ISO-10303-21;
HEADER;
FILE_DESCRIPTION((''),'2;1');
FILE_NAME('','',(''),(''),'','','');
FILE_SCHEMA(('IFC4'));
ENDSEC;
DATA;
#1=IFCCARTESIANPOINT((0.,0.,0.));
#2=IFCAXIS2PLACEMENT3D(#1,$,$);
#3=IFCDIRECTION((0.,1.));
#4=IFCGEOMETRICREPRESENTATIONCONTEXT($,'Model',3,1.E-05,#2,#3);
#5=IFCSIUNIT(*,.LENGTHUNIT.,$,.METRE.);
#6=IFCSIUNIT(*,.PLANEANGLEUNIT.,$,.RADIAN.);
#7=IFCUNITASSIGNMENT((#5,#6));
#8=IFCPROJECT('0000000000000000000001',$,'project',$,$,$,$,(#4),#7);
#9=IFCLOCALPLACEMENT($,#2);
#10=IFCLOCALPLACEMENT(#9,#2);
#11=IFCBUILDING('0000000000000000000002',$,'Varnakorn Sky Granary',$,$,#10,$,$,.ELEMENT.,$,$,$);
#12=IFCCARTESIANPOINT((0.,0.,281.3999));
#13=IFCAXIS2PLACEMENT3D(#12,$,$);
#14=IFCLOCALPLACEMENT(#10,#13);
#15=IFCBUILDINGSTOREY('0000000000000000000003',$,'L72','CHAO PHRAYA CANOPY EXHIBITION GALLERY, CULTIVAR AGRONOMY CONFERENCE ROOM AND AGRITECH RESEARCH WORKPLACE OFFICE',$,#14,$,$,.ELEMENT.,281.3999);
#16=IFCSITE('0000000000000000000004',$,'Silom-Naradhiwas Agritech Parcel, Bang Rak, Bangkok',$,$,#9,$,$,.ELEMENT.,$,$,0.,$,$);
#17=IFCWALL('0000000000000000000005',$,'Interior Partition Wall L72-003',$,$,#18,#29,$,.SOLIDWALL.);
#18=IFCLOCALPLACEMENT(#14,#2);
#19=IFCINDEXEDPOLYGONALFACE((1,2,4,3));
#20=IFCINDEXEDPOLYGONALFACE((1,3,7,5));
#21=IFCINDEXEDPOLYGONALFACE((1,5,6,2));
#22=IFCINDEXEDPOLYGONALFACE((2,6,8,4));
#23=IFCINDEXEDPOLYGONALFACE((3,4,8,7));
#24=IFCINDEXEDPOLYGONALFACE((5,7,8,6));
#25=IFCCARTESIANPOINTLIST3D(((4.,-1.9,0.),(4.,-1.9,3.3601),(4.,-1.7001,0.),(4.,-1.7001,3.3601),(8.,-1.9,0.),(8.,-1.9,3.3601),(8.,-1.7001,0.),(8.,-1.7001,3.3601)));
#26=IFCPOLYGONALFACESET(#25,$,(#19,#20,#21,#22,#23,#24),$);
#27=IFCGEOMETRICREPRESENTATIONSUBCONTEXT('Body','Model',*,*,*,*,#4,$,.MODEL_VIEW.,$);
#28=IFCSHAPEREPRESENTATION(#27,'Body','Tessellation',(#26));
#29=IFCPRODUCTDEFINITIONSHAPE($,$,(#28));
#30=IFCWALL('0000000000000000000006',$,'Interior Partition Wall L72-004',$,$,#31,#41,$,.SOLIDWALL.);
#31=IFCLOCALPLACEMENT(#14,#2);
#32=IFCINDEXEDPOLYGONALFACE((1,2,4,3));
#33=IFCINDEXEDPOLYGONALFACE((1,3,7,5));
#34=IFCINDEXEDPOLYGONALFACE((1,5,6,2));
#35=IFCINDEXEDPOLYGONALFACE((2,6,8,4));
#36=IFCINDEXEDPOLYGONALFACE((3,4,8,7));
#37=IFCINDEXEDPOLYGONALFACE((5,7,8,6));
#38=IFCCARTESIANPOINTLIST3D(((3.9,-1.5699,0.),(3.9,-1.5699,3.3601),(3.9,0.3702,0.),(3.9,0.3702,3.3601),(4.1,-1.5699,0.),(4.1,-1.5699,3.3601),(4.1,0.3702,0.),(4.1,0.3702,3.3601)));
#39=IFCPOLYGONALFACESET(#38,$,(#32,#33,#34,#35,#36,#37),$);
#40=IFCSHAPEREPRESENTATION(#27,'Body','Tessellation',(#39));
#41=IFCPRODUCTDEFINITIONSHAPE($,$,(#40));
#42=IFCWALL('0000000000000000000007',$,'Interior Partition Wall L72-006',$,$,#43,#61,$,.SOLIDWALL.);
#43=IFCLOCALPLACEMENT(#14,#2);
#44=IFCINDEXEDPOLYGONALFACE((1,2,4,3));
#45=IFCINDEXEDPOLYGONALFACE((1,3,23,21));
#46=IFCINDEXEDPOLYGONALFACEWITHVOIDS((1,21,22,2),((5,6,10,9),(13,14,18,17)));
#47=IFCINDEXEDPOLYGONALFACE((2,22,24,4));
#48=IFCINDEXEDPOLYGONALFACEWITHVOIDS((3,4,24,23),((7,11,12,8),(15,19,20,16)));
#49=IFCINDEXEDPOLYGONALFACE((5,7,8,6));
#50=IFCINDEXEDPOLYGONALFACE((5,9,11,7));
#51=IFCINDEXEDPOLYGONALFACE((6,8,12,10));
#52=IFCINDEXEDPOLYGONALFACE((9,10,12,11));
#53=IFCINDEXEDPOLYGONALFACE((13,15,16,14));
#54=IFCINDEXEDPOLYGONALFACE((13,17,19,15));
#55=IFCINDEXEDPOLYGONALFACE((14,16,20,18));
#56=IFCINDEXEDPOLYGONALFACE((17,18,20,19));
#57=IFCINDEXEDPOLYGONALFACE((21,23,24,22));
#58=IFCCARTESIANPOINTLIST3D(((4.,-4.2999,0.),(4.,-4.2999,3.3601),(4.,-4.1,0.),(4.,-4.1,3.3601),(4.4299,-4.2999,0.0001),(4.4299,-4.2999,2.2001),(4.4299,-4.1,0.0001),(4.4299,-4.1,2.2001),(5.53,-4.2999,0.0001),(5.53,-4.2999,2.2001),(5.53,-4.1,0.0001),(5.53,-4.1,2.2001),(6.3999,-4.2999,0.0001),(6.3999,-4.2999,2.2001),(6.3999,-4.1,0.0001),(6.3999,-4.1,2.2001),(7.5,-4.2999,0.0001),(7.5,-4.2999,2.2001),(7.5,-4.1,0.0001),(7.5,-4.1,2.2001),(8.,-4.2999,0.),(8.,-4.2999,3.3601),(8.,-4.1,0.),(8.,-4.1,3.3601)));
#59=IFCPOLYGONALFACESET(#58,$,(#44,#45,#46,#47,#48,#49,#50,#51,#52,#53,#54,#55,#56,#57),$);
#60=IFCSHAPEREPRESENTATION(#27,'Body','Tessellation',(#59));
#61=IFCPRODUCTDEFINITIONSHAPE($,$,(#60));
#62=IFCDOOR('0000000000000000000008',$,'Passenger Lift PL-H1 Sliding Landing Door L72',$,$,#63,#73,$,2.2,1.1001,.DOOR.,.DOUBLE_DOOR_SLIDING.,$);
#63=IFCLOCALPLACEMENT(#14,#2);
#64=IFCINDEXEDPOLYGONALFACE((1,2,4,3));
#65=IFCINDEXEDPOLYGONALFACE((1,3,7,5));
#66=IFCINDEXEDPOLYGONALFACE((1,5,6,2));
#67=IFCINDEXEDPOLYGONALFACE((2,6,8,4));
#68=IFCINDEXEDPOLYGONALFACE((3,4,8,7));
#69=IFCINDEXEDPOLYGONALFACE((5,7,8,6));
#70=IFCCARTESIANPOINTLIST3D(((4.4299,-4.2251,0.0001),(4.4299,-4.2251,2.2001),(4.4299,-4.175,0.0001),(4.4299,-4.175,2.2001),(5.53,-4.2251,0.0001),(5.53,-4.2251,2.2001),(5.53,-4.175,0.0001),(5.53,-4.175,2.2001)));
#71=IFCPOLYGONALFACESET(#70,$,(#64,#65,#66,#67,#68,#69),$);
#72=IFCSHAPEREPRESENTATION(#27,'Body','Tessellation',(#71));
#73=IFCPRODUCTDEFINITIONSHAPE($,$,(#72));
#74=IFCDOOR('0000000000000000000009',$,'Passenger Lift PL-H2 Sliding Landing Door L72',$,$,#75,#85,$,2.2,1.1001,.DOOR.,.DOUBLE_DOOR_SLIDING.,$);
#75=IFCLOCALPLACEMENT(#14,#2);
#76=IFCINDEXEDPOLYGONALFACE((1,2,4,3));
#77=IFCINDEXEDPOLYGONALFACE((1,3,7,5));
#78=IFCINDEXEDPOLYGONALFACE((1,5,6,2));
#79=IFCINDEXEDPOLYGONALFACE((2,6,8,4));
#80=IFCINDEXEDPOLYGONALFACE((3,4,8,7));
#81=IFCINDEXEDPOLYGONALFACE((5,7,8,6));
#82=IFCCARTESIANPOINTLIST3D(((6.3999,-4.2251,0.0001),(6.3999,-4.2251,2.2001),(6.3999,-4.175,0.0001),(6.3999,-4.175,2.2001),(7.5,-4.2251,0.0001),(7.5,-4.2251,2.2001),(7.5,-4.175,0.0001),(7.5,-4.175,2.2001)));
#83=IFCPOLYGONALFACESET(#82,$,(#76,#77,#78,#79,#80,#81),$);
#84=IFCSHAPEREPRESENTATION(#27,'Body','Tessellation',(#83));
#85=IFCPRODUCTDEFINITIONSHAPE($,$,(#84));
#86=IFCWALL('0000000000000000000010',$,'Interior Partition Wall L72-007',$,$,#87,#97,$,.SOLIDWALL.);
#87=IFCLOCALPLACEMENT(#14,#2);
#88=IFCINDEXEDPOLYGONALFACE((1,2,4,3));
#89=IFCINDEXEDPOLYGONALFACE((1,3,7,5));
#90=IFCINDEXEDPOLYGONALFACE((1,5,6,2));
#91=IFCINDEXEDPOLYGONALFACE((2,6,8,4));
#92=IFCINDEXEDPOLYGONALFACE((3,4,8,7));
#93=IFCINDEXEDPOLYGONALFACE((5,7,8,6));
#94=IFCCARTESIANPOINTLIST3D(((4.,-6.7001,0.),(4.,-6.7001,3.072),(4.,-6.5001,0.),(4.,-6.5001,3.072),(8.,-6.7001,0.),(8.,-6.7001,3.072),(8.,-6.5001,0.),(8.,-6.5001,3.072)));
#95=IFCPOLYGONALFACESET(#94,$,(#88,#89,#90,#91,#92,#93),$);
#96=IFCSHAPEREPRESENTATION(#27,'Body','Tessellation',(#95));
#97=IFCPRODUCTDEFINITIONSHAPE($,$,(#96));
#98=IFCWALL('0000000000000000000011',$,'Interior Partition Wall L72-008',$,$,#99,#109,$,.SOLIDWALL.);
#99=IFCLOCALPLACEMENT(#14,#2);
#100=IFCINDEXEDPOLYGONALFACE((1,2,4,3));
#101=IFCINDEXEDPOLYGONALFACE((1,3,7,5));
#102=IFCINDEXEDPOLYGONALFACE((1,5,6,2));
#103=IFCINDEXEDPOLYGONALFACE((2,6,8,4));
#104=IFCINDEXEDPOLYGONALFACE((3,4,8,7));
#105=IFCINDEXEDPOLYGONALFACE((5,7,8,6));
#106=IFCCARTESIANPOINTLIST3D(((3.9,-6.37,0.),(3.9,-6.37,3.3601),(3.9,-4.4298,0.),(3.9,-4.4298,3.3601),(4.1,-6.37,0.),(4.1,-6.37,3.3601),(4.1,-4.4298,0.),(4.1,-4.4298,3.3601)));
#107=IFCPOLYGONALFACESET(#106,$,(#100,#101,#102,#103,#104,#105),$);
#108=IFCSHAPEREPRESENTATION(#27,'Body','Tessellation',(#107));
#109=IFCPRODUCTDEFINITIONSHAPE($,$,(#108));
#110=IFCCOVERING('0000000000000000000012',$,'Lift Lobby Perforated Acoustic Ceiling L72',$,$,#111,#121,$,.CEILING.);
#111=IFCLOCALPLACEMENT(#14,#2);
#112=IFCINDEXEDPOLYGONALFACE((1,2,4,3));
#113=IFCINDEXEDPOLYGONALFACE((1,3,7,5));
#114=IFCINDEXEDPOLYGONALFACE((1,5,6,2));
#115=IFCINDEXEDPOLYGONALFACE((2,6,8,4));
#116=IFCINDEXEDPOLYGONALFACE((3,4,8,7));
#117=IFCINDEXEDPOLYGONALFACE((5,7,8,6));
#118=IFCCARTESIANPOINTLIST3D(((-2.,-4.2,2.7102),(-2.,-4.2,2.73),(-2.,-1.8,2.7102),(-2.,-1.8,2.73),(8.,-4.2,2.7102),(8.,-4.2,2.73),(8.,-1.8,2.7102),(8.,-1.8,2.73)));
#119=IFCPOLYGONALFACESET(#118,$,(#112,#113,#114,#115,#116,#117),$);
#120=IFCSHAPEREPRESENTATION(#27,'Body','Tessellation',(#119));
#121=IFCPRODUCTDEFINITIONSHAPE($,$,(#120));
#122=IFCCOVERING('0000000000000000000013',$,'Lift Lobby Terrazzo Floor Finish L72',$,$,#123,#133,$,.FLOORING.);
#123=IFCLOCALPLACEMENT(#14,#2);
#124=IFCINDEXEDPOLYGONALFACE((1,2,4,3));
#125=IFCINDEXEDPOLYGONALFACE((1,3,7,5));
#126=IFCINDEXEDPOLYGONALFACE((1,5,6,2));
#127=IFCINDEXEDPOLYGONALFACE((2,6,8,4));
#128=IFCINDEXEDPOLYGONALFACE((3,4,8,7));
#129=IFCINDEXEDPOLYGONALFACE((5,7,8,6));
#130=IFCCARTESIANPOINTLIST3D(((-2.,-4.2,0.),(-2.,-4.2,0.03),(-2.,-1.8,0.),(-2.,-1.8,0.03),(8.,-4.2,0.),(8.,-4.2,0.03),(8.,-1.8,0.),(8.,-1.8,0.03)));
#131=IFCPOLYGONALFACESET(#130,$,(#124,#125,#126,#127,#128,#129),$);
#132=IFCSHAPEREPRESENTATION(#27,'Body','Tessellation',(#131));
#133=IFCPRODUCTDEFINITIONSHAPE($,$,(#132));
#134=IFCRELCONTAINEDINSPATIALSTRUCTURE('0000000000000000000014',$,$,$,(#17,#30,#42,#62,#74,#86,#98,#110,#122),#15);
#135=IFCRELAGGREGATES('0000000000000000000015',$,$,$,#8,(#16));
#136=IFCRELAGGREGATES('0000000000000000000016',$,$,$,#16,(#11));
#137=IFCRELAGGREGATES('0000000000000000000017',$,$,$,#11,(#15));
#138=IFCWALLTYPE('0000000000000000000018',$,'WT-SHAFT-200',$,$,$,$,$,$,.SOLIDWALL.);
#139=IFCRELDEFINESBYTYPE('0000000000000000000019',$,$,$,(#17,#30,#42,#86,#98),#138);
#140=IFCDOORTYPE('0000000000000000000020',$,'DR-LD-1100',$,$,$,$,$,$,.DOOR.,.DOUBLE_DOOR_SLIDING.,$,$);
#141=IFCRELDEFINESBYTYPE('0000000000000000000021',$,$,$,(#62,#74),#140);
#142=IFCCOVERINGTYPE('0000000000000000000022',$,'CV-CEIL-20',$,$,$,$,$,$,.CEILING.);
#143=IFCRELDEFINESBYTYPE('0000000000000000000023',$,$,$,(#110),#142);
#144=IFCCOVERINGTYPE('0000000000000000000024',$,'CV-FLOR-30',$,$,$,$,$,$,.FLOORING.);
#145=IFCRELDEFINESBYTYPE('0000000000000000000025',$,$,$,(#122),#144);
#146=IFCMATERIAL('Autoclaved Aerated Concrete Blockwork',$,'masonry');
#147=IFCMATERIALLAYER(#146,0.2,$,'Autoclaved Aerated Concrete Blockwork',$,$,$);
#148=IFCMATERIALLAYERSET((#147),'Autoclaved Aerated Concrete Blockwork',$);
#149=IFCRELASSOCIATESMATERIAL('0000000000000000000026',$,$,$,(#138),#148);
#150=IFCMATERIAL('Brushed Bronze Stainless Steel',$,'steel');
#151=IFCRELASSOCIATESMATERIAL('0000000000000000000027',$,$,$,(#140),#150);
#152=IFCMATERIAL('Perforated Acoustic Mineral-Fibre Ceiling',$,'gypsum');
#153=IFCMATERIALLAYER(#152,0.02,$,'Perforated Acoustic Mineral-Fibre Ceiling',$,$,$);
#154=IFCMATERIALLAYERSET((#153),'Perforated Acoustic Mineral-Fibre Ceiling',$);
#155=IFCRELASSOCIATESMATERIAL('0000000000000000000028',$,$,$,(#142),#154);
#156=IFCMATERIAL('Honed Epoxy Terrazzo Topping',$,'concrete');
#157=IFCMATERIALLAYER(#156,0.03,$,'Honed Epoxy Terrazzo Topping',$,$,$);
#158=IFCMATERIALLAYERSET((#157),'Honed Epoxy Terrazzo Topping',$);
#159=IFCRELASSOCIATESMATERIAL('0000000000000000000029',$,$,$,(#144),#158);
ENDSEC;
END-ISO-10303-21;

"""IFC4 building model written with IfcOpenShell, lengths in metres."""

from ifc_helpers import new_model, si_unit, direction, frame, frame_2d, origin, place, context, subcontext, project, spatial, polyline, rectangle, outline, extrude, material, layer, layer_set, type_object, element, fill, save


model = new_model("IFC4")

# Units and contexts
model_context = context("Model", 3, precision=1e-05, world=origin(), true_north=direction((0.0, 1.0)))
body_context = subcontext(model_context, "Body", "Model", "MODEL_VIEW")
ifc_project = project(units=[si_unit("LENGTHUNIT", "METRE"), si_unit("PLANEANGLEUNIT", "RADIAN")], contexts=[model_context])

# Site, building, storey
site_placement = place(None, origin())
site = spatial("IfcSite", under=ifc_project, at=site_placement, Name="Silom-Naradhiwas Agritech Parcel, Bang Rak, Bangkok", CompositionType="ELEMENT", RefElevation=0.0)
building_placement = place(site_placement, origin())
building = spatial("IfcBuilding", under=site, at=building_placement, Name="Varnakorn Sky Granary", CompositionType="ELEMENT")
storey_placement = place(building_placement, frame((0.0, 0.0, 281.3999)))
storey = spatial("IfcBuildingStorey", under=building, at=storey_placement, Name="L72", Description="CHAO PHRAYA CANOPY EXHIBITION GALLERY, CULTIVAR AGRONOMY CONFERENCE ROOM AND AGRITECH RESEARCH WORKPLACE OFFICE", CompositionType="ELEMENT", Elevation=281.3999)

# Shared definitions
ifc_material_1 = material(Name="Autoclaved Aerated Concrete Blockwork", Category="masonry")

# Walls
ifc_layer_1 = layer(ifc_material_1, 0.2, Name="Autoclaved Aerated Concrete Blockwork")
ifc_layer_set_1 = layer_set([ifc_layer_1], Name="Autoclaved Aerated Concrete Blockwork")
wall_type_1 = type_object("IfcWallType", Name="WT-SHAFT-200", PredefinedType="SOLIDWALL", material=ifc_layer_set_1)
wall_1_placement = place(storey_placement, frame((4.0, -1.8, 0.0), z_axis=(0.0, 0.0, 1.0), x_axis=(1.0, 0.0, 0.0)))
element("IfcWall", 1, at=wall_1_placement, inside=storey, type_object=wall_type_1, Name="Interior Partition Wall L72-003", PredefinedType="SOLIDWALL", context=body_context, shape_type="SweptSolid", body=[
    extrude(rectangle(XDim=4.0, YDim=0.2, at=frame_2d((2.0, 0.0))), origin(), (0.0, 0.0, 1.0), 3.3601),
])
wall_2_placement = place(storey_placement, frame((4.0, -1.5701, 0.0), z_axis=(0.0, 0.0, 1.0), x_axis=(0.0, 1.0, 0.0)))
element("IfcWall", 2, at=wall_2_placement, inside=storey, type_object=wall_type_1, Name="Interior Partition Wall L72-004", PredefinedType="SOLIDWALL", context=body_context, shape_type="SweptSolid", body=[
    extrude(rectangle(XDim=1.9402, YDim=0.2, at=frame_2d((0.9702, 0.0))), origin(), (0.0, 0.0, 1.0), 3.3601),
])

# Wall, openings, doors
wall_3_placement = place(storey_placement, frame((4.0, -4.2, 0.0), z_axis=(0.0, 0.0, 1.0), x_axis=(1.0, 0.0, 0.0)))
wall_3 = element("IfcWall", 3, at=wall_3_placement, inside=storey, type_object=wall_type_1, Name="Interior Partition Wall L72-006", PredefinedType="SOLIDWALL", context=body_context, shape_type="SweptSolid", body=[
    extrude(rectangle(XDim=4.0, YDim=0.2, at=frame_2d((2.0, 0.0))), origin(), (0.0, 0.0, 1.0), 3.3601),
])
opening_1_placement = place(wall_3_placement, frame((0.4299, 0.0, 0.0)))
opening_1 = element("IfcOpeningElement", 4, at=opening_1_placement, cuts=wall_3, PredefinedType="OPENING", context=body_context, shape_type="SweptSolid", body=[
    extrude(rectangle(XDim=1.1001, YDim=2.2, at=frame_2d((0.55, 1.1001))), frame((0.0, 0.1099, 0.0), z_axis=(0.0, -1.0, 0.0), x_axis=(1.0, 0.0, 0.0)), (0.0, 0.0, 1.0), 0.22),
])
opening_2_placement = place(wall_3_placement, frame((2.3999, 0.0, 0.0)))
opening_2 = element("IfcOpeningElement", 5, at=opening_2_placement, cuts=wall_3, PredefinedType="OPENING", context=body_context, shape_type="SweptSolid", body=[
    extrude(rectangle(XDim=1.1001, YDim=2.2, at=frame_2d((0.55, 1.1001))), frame((0.0, 0.1099, 0.0), z_axis=(0.0, -1.0, 0.0), x_axis=(1.0, 0.0, 0.0)), (0.0, 0.0, 1.0), 0.22),
])
ifc_material_2 = material(Name="Brushed Bronze Stainless Steel", Category="steel")
door_type_1 = type_object("IfcDoorType", Name="DR-LD-1100", OperationType="DOUBLE_DOOR_SLIDING", PredefinedType="DOOR", material=ifc_material_2)
door_1_placement = place(opening_1_placement, origin())
door_1 = element("IfcDoor", 6, at=door_1_placement, inside=storey, type_object=door_type_1, Name="Passenger Lift PL-H1 Sliding Landing Door L72", OperationType="DOUBLE_DOOR_SLIDING", OverallHeight=2.2, OverallWidth=1.1001, PredefinedType="DOOR", context=body_context, shape_type="SweptSolid", body=[
    extrude(rectangle(XDim=1.1001, YDim=2.2, at=frame_2d((0.55, 1.1001))), frame((0.0, 0.0249, 0.0), z_axis=(0.0, -1.0, 0.0), x_axis=(1.0, 0.0, 0.0)), (0.0, 0.0, 1.0), 0.05),
])
fill(opening_1, door_1)
door_2_placement = place(opening_2_placement, origin())
door_2 = element("IfcDoor", 7, at=door_2_placement, inside=storey, type_object=door_type_1, Name="Passenger Lift PL-H2 Sliding Landing Door L72", OperationType="DOUBLE_DOOR_SLIDING", OverallHeight=2.2, OverallWidth=1.1001, PredefinedType="DOOR", context=body_context, shape_type="SweptSolid", body=[
    extrude(rectangle(XDim=1.1001, YDim=2.2, at=frame_2d((0.55, 1.1001))), frame((0.0, 0.0249, 0.0), z_axis=(0.0, -1.0, 0.0), x_axis=(1.0, 0.0, 0.0)), (0.0, 0.0, 1.0), 0.05),
])
fill(opening_2, door_2)

# Walls
wall_4_placement = place(storey_placement, frame((4.0, -6.6001, 0.0), z_axis=(0.0, 0.0, 1.0), x_axis=(1.0, 0.0, 0.0)))
element("IfcWall", 8, at=wall_4_placement, inside=storey, type_object=wall_type_1, Name="Interior Partition Wall L72-007", PredefinedType="SOLIDWALL", context=body_context, shape_type="SweptSolid", body=[
    extrude(rectangle(XDim=4.0, YDim=0.2, at=frame_2d((2.0, 0.0))), origin(), (0.0, 0.0, 1.0), 3.072),
])
wall_5_placement = place(storey_placement, frame((4.0, -6.3701, 0.0), z_axis=(0.0, 0.0, 1.0), x_axis=(0.0, 1.0, 0.0)))
element("IfcWall", 9, at=wall_5_placement, inside=storey, type_object=wall_type_1, Name="Interior Partition Wall L72-008", PredefinedType="SOLIDWALL", context=body_context, shape_type="SweptSolid", body=[
    extrude(rectangle(XDim=1.9402, YDim=0.2, at=frame_2d((0.9702, 0.0))), origin(), (0.0, 0.0, 1.0), 3.3601),
])

# Coverings
ifc_material_3 = material(Name="Perforated Acoustic Mineral-Fibre Ceiling", Category="gypsum")
ifc_layer_2 = layer(ifc_material_3, 0.02, Name="Perforated Acoustic Mineral-Fibre Ceiling")
ifc_layer_set_2 = layer_set([ifc_layer_2], Name="Perforated Acoustic Mineral-Fibre Ceiling")
covering_type_1 = type_object("IfcCoveringType", Name="CV-CEIL-20", PredefinedType="CEILING", material=ifc_layer_set_2)
covering_1_placement = place(storey_placement, frame((0.0, 0.0, 2.7102)))
element("IfcCovering", 10, at=covering_1_placement, inside=storey, type_object=covering_type_1, Name="Lift Lobby Perforated Acoustic Ceiling L72", PredefinedType="CEILING", context=body_context, shape_type="SweptSolid", body=[
    extrude(outline(polyline([(-2.0, -4.2), (8.0, -4.2), (8.0, -1.8), (-2.0, -1.8), (-2.0, -4.2)])), origin(), (0.0, 0.0, 1.0), 0.0198),
])
ifc_material_4 = material(Name="Honed Epoxy Terrazzo Topping", Category="concrete")
ifc_layer_3 = layer(ifc_material_4, 0.03, Name="Honed Epoxy Terrazzo Topping")
ifc_layer_set_3 = layer_set([ifc_layer_3], Name="Honed Epoxy Terrazzo Topping")
covering_type_2 = type_object("IfcCoveringType", Name="CV-FLOR-30", PredefinedType="FLOORING", material=ifc_layer_set_3)
covering_2_placement = place(storey_placement, origin())
element("IfcCovering", 11, at=covering_2_placement, inside=storey, type_object=covering_type_2, Name="Lift Lobby Terrazzo Floor Finish L72", PredefinedType="FLOORING", context=body_context, shape_type="SweptSolid", body=[
    extrude(outline(polyline([(-2.0, -4.2), (8.0, -4.2), (8.0, -1.8), (-2.0, -1.8), (-2.0, -4.2)])), origin(), (0.0, 0.0, 1.0), 0.03),
])

save(model, "model.ifc")
